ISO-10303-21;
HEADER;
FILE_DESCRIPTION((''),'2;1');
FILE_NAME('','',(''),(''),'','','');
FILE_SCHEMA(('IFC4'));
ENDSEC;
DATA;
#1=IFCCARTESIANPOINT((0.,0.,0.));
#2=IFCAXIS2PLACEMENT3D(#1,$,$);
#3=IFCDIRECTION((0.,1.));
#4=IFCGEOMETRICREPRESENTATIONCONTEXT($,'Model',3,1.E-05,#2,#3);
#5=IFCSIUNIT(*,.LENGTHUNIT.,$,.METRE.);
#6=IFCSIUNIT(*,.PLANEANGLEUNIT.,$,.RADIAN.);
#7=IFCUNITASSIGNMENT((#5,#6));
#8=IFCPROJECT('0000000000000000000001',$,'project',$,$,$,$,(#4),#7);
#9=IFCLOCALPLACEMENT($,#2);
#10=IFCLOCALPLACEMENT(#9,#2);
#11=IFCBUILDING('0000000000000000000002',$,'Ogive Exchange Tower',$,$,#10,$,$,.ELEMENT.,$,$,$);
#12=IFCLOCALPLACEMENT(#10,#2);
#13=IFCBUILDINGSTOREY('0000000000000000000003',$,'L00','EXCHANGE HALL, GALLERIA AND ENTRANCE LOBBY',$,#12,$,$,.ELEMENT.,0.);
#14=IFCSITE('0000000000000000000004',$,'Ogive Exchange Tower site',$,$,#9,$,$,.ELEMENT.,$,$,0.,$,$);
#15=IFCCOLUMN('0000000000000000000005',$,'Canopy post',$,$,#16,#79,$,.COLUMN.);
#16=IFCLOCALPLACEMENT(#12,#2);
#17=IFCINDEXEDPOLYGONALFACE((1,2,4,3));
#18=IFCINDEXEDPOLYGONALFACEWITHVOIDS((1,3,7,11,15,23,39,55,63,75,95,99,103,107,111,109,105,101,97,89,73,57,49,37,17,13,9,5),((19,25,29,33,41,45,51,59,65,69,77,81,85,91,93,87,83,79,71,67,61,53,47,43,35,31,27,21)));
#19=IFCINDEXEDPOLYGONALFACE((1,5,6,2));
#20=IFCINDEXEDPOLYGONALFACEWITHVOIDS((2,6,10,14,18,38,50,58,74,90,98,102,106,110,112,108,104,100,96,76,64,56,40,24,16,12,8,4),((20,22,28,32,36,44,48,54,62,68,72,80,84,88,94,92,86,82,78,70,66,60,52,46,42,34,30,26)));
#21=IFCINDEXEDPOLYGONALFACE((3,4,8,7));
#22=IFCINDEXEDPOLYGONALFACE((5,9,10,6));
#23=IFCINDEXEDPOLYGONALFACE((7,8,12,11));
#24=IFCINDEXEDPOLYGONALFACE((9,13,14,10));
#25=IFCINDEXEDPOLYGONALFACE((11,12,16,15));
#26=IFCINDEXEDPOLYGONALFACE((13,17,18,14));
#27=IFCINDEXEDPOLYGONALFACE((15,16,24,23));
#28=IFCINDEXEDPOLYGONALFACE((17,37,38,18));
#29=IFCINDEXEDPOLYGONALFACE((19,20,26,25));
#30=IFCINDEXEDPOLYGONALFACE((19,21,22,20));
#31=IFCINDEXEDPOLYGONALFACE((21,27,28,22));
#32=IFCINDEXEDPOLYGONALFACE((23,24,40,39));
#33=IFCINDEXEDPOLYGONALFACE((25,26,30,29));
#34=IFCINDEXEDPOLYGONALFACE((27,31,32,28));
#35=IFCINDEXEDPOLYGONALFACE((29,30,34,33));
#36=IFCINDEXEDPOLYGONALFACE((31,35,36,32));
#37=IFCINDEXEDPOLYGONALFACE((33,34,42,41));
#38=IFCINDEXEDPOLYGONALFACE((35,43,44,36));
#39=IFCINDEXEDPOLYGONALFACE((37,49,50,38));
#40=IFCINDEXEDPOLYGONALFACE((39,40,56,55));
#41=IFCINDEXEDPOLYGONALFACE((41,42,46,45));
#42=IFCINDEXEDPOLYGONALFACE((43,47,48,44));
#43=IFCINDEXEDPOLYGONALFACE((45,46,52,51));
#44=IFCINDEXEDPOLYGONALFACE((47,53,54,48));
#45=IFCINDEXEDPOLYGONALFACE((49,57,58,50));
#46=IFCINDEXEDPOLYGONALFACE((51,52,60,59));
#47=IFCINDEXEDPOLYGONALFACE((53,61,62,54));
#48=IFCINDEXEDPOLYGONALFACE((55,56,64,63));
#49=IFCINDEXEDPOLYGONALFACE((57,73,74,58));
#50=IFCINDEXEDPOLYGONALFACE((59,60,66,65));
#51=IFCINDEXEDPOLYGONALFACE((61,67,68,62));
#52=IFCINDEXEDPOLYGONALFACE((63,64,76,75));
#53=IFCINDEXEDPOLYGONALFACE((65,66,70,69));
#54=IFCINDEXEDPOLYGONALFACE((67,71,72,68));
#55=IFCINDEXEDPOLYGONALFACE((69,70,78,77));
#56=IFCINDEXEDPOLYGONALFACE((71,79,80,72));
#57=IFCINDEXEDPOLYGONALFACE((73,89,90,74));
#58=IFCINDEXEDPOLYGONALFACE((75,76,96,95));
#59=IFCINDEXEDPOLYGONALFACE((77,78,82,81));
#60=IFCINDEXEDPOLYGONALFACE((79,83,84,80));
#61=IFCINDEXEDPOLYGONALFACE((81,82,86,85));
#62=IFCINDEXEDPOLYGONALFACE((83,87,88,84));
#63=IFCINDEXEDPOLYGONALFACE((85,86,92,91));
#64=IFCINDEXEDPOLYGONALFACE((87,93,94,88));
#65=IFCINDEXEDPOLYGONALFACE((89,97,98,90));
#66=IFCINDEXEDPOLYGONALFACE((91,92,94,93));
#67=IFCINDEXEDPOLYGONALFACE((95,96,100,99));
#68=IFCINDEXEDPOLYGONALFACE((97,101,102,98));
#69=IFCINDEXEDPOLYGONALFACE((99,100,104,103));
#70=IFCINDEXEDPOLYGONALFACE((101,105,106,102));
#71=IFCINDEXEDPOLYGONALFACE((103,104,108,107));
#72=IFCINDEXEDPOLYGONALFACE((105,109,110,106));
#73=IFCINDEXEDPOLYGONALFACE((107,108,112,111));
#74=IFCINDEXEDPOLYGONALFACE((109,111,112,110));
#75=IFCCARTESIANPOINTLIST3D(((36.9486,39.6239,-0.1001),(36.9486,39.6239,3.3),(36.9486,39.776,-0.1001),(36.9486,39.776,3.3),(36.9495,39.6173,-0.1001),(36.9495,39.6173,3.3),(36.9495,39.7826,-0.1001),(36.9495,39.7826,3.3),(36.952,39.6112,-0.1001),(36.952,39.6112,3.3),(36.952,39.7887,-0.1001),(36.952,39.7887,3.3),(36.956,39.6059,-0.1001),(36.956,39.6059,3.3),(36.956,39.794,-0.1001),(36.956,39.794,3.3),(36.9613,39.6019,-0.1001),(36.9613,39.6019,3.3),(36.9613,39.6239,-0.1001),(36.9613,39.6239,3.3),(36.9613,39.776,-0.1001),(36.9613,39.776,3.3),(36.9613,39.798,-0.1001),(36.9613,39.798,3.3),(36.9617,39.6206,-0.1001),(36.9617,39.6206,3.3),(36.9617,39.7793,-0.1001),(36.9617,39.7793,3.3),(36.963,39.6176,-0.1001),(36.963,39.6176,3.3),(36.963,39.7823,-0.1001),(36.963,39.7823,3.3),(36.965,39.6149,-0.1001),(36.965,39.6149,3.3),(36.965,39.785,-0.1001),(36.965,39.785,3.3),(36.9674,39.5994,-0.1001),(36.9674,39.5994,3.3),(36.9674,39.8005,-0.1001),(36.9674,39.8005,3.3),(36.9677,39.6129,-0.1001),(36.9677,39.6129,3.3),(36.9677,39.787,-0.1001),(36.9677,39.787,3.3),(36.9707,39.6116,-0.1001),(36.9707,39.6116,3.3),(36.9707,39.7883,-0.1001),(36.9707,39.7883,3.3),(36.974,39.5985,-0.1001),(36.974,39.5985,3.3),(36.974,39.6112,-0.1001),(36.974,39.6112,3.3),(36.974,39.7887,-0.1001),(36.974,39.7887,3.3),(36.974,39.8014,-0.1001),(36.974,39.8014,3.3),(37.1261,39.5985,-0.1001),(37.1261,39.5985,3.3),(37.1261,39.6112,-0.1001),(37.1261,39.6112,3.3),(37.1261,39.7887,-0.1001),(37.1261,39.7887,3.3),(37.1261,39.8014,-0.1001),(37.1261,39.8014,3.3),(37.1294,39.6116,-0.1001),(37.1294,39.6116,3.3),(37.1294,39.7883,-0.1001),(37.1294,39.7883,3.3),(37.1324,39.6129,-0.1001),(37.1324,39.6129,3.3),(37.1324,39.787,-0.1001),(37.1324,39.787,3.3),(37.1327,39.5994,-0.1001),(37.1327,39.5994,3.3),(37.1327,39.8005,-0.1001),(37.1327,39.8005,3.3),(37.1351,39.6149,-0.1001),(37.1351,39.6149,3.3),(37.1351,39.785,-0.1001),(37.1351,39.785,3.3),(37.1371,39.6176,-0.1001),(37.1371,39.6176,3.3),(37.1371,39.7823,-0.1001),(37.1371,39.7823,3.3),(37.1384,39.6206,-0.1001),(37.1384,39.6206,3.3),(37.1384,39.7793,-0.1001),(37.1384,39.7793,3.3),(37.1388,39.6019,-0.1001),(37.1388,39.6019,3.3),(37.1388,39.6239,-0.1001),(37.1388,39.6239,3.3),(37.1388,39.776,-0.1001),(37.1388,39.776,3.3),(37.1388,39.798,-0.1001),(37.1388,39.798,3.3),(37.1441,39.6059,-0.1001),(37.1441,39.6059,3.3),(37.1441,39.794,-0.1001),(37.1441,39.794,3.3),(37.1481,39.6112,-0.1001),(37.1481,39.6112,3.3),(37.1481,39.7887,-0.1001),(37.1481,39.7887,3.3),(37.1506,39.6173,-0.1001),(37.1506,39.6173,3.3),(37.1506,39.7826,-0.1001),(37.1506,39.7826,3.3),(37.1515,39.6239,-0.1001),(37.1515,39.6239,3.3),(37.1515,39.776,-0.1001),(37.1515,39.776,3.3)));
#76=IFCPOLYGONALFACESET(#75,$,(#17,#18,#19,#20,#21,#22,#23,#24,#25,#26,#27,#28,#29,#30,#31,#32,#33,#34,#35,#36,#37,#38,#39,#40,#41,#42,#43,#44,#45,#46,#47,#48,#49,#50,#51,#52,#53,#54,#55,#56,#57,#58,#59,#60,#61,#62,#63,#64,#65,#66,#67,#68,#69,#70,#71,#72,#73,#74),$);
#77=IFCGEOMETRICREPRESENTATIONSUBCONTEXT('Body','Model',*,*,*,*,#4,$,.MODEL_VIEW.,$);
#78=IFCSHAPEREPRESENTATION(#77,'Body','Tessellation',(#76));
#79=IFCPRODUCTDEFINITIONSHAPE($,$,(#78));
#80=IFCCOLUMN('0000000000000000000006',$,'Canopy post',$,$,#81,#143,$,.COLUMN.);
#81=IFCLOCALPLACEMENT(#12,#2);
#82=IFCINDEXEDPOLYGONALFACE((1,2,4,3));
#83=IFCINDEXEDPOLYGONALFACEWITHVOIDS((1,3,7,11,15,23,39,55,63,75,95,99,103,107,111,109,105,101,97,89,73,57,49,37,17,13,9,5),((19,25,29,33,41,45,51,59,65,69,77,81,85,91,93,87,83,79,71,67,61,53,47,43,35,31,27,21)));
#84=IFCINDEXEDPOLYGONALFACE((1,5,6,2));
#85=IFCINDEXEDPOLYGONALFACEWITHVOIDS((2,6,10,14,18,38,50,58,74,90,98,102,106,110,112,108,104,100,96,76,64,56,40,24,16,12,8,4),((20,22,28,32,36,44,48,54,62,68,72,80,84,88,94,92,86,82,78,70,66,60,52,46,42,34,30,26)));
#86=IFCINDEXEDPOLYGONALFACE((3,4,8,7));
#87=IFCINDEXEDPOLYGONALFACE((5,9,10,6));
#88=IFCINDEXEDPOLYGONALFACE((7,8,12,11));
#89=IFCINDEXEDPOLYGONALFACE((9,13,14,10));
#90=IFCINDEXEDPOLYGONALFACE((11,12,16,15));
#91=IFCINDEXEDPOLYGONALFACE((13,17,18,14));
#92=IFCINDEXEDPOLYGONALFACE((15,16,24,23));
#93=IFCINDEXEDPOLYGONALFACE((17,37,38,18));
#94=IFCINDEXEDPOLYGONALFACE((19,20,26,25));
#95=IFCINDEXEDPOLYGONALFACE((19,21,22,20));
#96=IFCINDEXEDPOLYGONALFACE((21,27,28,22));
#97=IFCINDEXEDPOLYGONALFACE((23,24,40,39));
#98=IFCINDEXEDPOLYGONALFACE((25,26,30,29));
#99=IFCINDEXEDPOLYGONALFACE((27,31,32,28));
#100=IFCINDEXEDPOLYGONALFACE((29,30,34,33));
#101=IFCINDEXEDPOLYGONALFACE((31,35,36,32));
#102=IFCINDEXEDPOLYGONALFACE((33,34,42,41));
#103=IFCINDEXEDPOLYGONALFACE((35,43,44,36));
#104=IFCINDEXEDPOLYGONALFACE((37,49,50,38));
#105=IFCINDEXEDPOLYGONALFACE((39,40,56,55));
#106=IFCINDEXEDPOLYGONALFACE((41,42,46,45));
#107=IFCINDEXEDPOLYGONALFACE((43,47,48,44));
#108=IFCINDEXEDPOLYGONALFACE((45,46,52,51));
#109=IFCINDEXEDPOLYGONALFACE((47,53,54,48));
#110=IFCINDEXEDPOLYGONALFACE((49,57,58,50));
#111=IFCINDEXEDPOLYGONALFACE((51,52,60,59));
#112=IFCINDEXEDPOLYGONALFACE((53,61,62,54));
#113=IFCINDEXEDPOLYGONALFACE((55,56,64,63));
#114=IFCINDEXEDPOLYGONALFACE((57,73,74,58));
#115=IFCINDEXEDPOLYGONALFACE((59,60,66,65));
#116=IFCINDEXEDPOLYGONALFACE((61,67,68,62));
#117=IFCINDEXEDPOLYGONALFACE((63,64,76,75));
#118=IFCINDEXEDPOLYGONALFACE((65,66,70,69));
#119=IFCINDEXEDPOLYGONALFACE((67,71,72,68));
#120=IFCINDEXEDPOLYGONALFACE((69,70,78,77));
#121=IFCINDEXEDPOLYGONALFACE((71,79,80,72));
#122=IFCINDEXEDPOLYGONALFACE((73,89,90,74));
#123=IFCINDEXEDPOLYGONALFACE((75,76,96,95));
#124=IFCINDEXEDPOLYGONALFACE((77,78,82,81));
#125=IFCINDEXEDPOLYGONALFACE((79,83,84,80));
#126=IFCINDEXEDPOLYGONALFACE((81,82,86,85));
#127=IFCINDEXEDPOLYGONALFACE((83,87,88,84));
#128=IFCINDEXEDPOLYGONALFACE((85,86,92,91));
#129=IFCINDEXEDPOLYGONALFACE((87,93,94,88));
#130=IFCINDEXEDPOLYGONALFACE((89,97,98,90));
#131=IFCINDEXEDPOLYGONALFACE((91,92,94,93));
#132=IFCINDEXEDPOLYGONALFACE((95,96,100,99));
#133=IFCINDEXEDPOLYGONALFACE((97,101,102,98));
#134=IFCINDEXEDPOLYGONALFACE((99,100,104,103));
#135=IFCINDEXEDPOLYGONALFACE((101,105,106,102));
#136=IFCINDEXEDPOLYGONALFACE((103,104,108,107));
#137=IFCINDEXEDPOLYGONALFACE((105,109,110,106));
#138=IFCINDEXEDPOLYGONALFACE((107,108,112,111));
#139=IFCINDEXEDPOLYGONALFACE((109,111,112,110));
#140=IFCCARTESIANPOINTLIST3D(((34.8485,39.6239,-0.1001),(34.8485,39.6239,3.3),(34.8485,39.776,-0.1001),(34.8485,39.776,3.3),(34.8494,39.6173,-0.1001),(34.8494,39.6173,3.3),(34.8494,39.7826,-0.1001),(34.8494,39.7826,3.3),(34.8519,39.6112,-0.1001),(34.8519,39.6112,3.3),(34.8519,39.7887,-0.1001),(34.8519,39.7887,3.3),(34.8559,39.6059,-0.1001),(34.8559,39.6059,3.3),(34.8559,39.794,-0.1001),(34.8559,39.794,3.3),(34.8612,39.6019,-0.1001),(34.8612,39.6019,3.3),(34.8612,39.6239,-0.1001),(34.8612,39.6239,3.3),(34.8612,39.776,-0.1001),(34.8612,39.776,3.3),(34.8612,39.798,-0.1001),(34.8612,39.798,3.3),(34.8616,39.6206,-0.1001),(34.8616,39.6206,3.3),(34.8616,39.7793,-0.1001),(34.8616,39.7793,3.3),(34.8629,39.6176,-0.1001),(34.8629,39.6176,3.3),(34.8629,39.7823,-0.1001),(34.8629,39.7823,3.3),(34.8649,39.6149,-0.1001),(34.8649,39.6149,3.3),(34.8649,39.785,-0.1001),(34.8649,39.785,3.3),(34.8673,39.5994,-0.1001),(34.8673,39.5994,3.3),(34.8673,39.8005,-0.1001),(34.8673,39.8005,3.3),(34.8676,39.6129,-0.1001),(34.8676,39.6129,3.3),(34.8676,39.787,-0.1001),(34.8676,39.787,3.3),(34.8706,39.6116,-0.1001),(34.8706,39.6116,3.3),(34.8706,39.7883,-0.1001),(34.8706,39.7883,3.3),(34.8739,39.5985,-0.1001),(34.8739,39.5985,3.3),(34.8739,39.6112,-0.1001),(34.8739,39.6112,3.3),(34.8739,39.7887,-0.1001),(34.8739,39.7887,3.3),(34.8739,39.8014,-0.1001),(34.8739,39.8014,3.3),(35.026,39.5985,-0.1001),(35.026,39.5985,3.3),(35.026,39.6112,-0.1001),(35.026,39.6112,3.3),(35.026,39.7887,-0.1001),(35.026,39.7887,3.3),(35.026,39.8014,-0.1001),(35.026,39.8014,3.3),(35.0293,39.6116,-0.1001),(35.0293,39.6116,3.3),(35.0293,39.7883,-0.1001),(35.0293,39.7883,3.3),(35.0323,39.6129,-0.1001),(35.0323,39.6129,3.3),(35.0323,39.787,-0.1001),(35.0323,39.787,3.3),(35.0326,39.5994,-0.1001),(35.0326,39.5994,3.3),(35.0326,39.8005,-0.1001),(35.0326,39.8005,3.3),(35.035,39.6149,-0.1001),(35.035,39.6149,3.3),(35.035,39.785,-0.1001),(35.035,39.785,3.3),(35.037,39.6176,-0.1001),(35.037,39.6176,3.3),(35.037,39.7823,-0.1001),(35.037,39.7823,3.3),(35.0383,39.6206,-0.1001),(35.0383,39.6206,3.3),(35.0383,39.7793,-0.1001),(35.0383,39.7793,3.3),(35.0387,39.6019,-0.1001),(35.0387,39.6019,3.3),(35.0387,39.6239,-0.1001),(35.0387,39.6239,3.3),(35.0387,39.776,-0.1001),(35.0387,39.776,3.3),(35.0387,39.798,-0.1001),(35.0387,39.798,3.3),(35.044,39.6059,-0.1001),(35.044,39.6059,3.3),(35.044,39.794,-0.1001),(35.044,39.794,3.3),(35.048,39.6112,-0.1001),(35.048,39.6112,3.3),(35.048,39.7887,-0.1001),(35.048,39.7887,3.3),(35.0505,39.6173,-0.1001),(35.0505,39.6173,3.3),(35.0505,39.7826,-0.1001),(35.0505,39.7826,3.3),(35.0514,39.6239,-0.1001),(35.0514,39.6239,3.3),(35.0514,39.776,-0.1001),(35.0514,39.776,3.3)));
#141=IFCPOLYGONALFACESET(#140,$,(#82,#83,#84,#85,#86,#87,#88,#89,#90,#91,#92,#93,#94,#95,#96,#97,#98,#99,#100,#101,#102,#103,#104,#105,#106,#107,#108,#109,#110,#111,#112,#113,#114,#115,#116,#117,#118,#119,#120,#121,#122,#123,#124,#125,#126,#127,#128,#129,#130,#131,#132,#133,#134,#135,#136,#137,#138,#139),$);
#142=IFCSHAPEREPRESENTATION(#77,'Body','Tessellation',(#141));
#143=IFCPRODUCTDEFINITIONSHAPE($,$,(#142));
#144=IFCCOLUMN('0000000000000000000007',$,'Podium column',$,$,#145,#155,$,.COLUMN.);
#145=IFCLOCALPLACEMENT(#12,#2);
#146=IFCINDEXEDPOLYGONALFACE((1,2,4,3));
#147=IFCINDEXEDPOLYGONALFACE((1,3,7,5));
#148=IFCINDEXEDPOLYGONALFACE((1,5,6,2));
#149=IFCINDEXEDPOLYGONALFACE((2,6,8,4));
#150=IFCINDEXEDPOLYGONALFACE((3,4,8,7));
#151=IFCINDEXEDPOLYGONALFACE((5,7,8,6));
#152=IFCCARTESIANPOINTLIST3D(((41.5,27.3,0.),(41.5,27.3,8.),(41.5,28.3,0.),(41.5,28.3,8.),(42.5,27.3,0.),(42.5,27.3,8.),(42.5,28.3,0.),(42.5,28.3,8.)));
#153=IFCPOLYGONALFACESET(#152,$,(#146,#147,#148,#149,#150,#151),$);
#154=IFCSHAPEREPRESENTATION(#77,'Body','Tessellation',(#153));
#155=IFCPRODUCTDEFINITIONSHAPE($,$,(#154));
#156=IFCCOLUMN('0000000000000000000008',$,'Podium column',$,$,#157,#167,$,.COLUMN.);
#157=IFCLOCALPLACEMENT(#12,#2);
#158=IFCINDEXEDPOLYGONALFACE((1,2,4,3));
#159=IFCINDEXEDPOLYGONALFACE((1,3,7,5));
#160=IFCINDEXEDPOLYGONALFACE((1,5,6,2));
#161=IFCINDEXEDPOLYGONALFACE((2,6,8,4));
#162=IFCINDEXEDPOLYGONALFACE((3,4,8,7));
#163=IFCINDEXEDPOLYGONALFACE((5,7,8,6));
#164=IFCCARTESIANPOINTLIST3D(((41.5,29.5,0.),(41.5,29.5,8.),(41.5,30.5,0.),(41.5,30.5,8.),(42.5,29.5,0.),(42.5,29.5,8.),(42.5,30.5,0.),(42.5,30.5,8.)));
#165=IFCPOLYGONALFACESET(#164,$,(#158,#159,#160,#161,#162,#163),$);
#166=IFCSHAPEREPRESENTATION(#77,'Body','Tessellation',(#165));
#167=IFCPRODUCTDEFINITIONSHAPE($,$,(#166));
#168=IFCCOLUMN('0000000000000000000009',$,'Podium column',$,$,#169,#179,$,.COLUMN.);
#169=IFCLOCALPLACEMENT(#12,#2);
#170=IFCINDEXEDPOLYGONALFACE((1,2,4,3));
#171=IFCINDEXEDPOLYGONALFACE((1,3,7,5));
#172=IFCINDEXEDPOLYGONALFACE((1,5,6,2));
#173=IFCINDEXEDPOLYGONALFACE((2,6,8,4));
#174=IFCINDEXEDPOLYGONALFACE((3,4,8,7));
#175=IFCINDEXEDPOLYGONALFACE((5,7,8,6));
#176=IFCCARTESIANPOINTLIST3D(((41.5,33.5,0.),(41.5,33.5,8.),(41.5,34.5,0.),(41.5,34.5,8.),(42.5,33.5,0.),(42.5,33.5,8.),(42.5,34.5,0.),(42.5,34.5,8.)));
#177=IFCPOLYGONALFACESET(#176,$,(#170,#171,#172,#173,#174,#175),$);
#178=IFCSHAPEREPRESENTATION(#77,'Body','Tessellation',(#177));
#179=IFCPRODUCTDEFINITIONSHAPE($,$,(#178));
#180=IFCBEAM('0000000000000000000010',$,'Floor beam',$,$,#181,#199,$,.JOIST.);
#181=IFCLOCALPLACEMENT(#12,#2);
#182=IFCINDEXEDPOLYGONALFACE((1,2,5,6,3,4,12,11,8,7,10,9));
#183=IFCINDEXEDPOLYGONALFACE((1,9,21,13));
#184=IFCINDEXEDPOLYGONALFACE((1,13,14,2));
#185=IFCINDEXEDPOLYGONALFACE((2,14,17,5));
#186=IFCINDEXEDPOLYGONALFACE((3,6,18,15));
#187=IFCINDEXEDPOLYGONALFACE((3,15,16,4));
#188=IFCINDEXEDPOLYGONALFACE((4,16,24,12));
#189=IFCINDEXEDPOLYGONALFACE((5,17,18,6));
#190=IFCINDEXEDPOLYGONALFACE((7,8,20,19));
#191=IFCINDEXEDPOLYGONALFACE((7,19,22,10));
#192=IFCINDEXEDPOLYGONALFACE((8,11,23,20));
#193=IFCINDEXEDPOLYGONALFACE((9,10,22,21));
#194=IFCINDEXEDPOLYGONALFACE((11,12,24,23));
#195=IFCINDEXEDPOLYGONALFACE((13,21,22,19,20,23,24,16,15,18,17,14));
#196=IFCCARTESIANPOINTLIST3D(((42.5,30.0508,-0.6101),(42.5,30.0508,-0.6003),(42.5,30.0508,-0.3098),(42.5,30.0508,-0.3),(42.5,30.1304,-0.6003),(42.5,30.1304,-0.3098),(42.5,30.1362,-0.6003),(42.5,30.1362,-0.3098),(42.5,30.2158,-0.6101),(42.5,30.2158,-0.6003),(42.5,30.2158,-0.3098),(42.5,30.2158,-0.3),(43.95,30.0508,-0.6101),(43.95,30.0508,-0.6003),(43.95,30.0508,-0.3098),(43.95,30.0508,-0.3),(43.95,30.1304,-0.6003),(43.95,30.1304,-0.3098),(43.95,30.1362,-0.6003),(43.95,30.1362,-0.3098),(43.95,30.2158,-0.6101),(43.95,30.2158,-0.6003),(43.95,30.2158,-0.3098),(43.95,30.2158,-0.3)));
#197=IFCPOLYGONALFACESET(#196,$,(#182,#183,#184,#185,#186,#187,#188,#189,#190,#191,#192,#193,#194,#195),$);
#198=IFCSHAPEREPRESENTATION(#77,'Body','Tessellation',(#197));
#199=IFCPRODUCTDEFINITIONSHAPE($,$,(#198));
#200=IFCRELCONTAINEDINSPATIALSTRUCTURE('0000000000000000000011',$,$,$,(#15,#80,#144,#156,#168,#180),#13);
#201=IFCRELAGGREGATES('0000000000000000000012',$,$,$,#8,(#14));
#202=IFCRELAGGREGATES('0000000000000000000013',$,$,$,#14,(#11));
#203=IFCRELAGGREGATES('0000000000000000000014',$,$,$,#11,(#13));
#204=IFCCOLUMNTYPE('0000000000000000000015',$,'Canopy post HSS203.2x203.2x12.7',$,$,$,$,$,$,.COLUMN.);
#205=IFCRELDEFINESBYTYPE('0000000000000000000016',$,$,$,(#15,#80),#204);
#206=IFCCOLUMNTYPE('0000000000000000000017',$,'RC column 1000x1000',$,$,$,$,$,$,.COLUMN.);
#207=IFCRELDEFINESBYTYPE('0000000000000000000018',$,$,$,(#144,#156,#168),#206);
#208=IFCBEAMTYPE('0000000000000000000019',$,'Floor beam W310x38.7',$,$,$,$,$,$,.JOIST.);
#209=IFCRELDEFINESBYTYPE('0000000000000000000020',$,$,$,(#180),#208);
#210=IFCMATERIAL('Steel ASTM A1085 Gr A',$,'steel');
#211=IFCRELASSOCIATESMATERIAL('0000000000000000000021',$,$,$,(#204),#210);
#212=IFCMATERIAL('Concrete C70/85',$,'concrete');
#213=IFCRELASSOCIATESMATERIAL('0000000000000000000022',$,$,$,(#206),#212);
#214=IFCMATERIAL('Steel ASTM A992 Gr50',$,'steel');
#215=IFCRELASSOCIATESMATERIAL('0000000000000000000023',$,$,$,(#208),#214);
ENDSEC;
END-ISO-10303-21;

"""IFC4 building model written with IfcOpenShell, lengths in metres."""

from ifc_helpers import new_model, si_unit, direction, frame, origin, origin_2d, place, context, subcontext, project, spatial, rectangle, hollow_rectangle, i_section, extrude, material, material_profile, profile_set, type_object, element, save


model = new_model("IFC4")

# Units and contexts
model_context = context("Model", 3, precision=1e-05, world=origin(), true_north=direction((0.0, 1.0)))
body_context = subcontext(model_context, "Body", "Model", "MODEL_VIEW")
ifc_project = project(units=[si_unit("LENGTHUNIT", "METRE"), si_unit("PLANEANGLEUNIT", "RADIAN")], contexts=[model_context])

# Site, building, storey
site_placement = place(None, origin())
site = spatial("IfcSite", under=ifc_project, at=site_placement, Name="Ogive Exchange Tower site", CompositionType="ELEMENT", RefElevation=0.0)
building_placement = place(site_placement, origin())
building = spatial("IfcBuilding", under=site, at=building_placement, Name="Ogive Exchange Tower", CompositionType="ELEMENT")
storey_placement = place(building_placement, origin())
storey = spatial("IfcBuildingStorey", under=building, at=storey_placement, Name="L00", Description="EXCHANGE HALL, GALLERIA AND ENTRANCE LOBBY", CompositionType="ELEMENT", Elevation=0.0)

# Columns
ifc_material_1 = material(Name="Steel ASTM A1085 Gr A", Category="steel")
ifc_material_profile_1 = material_profile(ifc_material_1, hollow_rectangle(XDim=0.2029, YDim=0.2029, WallThickness=0.0127, InnerFilletRadius=0.0127, OuterFilletRadius=0.0254, at=origin_2d()), Name="HSS203.2x203.2x12.7")
ifc_profile_set_1 = profile_set([ifc_material_profile_1], Name="Steel ASTM A1085 Gr A")
column_type_1 = type_object("IfcColumnType", Name="Canopy post HSS203.2x203.2x12.7", PredefinedType="COLUMN", material=ifc_profile_set_1)
for number, where, z_axis, x_axis, name in (
    (1, (37.05, 39.7, -0.1001), (0.0, 0.0, 1.0), (-1.0, 0.0, 0.0), "Canopy post"),
    (2, (34.95, 39.7, -0.1001), (0.0, 0.0, 1.0), (-1.0, 0.0, 0.0), "Canopy post"),
):
    element("IfcColumn", number, at=place(storey_placement, frame(where, z_axis=z_axis, x_axis=x_axis)), inside=storey, type_object=column_type_1, Name=name, PredefinedType="COLUMN", context=body_context, shape_type="SweptSolid", body=[
        extrude(hollow_rectangle(XDim=0.2029, YDim=0.2029, WallThickness=0.0127, InnerFilletRadius=0.0127, OuterFilletRadius=0.0254, at=origin_2d()), origin(), (0.0, 0.0, 1.0), 3.4001),
    ])
ifc_material_2 = material(Name="Concrete C70/85", Category="concrete")
ifc_material_profile_2 = material_profile(ifc_material_2, rectangle(XDim=1.0, YDim=1.0, at=origin_2d()), Name="RC 1000x1000")
ifc_profile_set_2 = profile_set([ifc_material_profile_2], Name="Concrete C70/85")
column_type_2 = type_object("IfcColumnType", Name="RC column 1000x1000", PredefinedType="COLUMN", material=ifc_profile_set_2)
for number, where, z_axis, x_axis, name in (
    (3, (42.0, 27.8, 0.0), (0.0, 0.0, 1.0), (1.0, 0.0, 0.0), "Podium column"),
    (4, (42.0, 30.0, 0.0), (0.0, 0.0, 1.0), (1.0, 0.0, 0.0), "Podium column"),
    (5, (42.0, 34.0, 0.0), (0.0, 0.0, 1.0), (1.0, 0.0, 0.0), "Podium column"),
):
    element("IfcColumn", number, at=place(storey_placement, frame(where, z_axis=z_axis, x_axis=x_axis)), inside=storey, type_object=column_type_2, Name=name, PredefinedType="COLUMN", context=body_context, shape_type="SweptSolid", body=[
        extrude(rectangle(XDim=1.0, YDim=1.0, at=origin_2d()), origin(), (0.0, 0.0, 1.0), 8.0),
    ])

# Beam
ifc_material_3 = material(Name="Steel ASTM A992 Gr50", Category="steel")
ifc_material_profile_3 = material_profile(ifc_material_3, i_section(OverallWidth=0.165, OverallDepth=0.3101, WebThickness=0.0059, FlangeThickness=0.0098, at=origin_2d()), Name="W310x38.7")
ifc_profile_set_3 = profile_set([ifc_material_profile_3], Name="Steel ASTM A992 Gr50")
beam_type_1 = type_object("IfcBeamType", Name="Floor beam W310x38.7", PredefinedType="JOIST", material=ifc_profile_set_3)
beam_1_placement = place(storey_placement, frame((42.5, 30.1333, -0.4551), z_axis=(1.0, 0.0, 0.0), x_axis=(0.0, 1.0, 0.0)))
element("IfcBeam", 6, at=beam_1_placement, inside=storey, type_object=beam_type_1, Name="Floor beam", PredefinedType="JOIST", context=body_context, shape_type="SweptSolid", body=[
    extrude(i_section(OverallWidth=0.165, OverallDepth=0.3101, WebThickness=0.0059, FlangeThickness=0.0098, at=origin_2d()), origin(), (0.0, 0.0, 1.0), 1.45),
])

save(model, "model.ifc")
